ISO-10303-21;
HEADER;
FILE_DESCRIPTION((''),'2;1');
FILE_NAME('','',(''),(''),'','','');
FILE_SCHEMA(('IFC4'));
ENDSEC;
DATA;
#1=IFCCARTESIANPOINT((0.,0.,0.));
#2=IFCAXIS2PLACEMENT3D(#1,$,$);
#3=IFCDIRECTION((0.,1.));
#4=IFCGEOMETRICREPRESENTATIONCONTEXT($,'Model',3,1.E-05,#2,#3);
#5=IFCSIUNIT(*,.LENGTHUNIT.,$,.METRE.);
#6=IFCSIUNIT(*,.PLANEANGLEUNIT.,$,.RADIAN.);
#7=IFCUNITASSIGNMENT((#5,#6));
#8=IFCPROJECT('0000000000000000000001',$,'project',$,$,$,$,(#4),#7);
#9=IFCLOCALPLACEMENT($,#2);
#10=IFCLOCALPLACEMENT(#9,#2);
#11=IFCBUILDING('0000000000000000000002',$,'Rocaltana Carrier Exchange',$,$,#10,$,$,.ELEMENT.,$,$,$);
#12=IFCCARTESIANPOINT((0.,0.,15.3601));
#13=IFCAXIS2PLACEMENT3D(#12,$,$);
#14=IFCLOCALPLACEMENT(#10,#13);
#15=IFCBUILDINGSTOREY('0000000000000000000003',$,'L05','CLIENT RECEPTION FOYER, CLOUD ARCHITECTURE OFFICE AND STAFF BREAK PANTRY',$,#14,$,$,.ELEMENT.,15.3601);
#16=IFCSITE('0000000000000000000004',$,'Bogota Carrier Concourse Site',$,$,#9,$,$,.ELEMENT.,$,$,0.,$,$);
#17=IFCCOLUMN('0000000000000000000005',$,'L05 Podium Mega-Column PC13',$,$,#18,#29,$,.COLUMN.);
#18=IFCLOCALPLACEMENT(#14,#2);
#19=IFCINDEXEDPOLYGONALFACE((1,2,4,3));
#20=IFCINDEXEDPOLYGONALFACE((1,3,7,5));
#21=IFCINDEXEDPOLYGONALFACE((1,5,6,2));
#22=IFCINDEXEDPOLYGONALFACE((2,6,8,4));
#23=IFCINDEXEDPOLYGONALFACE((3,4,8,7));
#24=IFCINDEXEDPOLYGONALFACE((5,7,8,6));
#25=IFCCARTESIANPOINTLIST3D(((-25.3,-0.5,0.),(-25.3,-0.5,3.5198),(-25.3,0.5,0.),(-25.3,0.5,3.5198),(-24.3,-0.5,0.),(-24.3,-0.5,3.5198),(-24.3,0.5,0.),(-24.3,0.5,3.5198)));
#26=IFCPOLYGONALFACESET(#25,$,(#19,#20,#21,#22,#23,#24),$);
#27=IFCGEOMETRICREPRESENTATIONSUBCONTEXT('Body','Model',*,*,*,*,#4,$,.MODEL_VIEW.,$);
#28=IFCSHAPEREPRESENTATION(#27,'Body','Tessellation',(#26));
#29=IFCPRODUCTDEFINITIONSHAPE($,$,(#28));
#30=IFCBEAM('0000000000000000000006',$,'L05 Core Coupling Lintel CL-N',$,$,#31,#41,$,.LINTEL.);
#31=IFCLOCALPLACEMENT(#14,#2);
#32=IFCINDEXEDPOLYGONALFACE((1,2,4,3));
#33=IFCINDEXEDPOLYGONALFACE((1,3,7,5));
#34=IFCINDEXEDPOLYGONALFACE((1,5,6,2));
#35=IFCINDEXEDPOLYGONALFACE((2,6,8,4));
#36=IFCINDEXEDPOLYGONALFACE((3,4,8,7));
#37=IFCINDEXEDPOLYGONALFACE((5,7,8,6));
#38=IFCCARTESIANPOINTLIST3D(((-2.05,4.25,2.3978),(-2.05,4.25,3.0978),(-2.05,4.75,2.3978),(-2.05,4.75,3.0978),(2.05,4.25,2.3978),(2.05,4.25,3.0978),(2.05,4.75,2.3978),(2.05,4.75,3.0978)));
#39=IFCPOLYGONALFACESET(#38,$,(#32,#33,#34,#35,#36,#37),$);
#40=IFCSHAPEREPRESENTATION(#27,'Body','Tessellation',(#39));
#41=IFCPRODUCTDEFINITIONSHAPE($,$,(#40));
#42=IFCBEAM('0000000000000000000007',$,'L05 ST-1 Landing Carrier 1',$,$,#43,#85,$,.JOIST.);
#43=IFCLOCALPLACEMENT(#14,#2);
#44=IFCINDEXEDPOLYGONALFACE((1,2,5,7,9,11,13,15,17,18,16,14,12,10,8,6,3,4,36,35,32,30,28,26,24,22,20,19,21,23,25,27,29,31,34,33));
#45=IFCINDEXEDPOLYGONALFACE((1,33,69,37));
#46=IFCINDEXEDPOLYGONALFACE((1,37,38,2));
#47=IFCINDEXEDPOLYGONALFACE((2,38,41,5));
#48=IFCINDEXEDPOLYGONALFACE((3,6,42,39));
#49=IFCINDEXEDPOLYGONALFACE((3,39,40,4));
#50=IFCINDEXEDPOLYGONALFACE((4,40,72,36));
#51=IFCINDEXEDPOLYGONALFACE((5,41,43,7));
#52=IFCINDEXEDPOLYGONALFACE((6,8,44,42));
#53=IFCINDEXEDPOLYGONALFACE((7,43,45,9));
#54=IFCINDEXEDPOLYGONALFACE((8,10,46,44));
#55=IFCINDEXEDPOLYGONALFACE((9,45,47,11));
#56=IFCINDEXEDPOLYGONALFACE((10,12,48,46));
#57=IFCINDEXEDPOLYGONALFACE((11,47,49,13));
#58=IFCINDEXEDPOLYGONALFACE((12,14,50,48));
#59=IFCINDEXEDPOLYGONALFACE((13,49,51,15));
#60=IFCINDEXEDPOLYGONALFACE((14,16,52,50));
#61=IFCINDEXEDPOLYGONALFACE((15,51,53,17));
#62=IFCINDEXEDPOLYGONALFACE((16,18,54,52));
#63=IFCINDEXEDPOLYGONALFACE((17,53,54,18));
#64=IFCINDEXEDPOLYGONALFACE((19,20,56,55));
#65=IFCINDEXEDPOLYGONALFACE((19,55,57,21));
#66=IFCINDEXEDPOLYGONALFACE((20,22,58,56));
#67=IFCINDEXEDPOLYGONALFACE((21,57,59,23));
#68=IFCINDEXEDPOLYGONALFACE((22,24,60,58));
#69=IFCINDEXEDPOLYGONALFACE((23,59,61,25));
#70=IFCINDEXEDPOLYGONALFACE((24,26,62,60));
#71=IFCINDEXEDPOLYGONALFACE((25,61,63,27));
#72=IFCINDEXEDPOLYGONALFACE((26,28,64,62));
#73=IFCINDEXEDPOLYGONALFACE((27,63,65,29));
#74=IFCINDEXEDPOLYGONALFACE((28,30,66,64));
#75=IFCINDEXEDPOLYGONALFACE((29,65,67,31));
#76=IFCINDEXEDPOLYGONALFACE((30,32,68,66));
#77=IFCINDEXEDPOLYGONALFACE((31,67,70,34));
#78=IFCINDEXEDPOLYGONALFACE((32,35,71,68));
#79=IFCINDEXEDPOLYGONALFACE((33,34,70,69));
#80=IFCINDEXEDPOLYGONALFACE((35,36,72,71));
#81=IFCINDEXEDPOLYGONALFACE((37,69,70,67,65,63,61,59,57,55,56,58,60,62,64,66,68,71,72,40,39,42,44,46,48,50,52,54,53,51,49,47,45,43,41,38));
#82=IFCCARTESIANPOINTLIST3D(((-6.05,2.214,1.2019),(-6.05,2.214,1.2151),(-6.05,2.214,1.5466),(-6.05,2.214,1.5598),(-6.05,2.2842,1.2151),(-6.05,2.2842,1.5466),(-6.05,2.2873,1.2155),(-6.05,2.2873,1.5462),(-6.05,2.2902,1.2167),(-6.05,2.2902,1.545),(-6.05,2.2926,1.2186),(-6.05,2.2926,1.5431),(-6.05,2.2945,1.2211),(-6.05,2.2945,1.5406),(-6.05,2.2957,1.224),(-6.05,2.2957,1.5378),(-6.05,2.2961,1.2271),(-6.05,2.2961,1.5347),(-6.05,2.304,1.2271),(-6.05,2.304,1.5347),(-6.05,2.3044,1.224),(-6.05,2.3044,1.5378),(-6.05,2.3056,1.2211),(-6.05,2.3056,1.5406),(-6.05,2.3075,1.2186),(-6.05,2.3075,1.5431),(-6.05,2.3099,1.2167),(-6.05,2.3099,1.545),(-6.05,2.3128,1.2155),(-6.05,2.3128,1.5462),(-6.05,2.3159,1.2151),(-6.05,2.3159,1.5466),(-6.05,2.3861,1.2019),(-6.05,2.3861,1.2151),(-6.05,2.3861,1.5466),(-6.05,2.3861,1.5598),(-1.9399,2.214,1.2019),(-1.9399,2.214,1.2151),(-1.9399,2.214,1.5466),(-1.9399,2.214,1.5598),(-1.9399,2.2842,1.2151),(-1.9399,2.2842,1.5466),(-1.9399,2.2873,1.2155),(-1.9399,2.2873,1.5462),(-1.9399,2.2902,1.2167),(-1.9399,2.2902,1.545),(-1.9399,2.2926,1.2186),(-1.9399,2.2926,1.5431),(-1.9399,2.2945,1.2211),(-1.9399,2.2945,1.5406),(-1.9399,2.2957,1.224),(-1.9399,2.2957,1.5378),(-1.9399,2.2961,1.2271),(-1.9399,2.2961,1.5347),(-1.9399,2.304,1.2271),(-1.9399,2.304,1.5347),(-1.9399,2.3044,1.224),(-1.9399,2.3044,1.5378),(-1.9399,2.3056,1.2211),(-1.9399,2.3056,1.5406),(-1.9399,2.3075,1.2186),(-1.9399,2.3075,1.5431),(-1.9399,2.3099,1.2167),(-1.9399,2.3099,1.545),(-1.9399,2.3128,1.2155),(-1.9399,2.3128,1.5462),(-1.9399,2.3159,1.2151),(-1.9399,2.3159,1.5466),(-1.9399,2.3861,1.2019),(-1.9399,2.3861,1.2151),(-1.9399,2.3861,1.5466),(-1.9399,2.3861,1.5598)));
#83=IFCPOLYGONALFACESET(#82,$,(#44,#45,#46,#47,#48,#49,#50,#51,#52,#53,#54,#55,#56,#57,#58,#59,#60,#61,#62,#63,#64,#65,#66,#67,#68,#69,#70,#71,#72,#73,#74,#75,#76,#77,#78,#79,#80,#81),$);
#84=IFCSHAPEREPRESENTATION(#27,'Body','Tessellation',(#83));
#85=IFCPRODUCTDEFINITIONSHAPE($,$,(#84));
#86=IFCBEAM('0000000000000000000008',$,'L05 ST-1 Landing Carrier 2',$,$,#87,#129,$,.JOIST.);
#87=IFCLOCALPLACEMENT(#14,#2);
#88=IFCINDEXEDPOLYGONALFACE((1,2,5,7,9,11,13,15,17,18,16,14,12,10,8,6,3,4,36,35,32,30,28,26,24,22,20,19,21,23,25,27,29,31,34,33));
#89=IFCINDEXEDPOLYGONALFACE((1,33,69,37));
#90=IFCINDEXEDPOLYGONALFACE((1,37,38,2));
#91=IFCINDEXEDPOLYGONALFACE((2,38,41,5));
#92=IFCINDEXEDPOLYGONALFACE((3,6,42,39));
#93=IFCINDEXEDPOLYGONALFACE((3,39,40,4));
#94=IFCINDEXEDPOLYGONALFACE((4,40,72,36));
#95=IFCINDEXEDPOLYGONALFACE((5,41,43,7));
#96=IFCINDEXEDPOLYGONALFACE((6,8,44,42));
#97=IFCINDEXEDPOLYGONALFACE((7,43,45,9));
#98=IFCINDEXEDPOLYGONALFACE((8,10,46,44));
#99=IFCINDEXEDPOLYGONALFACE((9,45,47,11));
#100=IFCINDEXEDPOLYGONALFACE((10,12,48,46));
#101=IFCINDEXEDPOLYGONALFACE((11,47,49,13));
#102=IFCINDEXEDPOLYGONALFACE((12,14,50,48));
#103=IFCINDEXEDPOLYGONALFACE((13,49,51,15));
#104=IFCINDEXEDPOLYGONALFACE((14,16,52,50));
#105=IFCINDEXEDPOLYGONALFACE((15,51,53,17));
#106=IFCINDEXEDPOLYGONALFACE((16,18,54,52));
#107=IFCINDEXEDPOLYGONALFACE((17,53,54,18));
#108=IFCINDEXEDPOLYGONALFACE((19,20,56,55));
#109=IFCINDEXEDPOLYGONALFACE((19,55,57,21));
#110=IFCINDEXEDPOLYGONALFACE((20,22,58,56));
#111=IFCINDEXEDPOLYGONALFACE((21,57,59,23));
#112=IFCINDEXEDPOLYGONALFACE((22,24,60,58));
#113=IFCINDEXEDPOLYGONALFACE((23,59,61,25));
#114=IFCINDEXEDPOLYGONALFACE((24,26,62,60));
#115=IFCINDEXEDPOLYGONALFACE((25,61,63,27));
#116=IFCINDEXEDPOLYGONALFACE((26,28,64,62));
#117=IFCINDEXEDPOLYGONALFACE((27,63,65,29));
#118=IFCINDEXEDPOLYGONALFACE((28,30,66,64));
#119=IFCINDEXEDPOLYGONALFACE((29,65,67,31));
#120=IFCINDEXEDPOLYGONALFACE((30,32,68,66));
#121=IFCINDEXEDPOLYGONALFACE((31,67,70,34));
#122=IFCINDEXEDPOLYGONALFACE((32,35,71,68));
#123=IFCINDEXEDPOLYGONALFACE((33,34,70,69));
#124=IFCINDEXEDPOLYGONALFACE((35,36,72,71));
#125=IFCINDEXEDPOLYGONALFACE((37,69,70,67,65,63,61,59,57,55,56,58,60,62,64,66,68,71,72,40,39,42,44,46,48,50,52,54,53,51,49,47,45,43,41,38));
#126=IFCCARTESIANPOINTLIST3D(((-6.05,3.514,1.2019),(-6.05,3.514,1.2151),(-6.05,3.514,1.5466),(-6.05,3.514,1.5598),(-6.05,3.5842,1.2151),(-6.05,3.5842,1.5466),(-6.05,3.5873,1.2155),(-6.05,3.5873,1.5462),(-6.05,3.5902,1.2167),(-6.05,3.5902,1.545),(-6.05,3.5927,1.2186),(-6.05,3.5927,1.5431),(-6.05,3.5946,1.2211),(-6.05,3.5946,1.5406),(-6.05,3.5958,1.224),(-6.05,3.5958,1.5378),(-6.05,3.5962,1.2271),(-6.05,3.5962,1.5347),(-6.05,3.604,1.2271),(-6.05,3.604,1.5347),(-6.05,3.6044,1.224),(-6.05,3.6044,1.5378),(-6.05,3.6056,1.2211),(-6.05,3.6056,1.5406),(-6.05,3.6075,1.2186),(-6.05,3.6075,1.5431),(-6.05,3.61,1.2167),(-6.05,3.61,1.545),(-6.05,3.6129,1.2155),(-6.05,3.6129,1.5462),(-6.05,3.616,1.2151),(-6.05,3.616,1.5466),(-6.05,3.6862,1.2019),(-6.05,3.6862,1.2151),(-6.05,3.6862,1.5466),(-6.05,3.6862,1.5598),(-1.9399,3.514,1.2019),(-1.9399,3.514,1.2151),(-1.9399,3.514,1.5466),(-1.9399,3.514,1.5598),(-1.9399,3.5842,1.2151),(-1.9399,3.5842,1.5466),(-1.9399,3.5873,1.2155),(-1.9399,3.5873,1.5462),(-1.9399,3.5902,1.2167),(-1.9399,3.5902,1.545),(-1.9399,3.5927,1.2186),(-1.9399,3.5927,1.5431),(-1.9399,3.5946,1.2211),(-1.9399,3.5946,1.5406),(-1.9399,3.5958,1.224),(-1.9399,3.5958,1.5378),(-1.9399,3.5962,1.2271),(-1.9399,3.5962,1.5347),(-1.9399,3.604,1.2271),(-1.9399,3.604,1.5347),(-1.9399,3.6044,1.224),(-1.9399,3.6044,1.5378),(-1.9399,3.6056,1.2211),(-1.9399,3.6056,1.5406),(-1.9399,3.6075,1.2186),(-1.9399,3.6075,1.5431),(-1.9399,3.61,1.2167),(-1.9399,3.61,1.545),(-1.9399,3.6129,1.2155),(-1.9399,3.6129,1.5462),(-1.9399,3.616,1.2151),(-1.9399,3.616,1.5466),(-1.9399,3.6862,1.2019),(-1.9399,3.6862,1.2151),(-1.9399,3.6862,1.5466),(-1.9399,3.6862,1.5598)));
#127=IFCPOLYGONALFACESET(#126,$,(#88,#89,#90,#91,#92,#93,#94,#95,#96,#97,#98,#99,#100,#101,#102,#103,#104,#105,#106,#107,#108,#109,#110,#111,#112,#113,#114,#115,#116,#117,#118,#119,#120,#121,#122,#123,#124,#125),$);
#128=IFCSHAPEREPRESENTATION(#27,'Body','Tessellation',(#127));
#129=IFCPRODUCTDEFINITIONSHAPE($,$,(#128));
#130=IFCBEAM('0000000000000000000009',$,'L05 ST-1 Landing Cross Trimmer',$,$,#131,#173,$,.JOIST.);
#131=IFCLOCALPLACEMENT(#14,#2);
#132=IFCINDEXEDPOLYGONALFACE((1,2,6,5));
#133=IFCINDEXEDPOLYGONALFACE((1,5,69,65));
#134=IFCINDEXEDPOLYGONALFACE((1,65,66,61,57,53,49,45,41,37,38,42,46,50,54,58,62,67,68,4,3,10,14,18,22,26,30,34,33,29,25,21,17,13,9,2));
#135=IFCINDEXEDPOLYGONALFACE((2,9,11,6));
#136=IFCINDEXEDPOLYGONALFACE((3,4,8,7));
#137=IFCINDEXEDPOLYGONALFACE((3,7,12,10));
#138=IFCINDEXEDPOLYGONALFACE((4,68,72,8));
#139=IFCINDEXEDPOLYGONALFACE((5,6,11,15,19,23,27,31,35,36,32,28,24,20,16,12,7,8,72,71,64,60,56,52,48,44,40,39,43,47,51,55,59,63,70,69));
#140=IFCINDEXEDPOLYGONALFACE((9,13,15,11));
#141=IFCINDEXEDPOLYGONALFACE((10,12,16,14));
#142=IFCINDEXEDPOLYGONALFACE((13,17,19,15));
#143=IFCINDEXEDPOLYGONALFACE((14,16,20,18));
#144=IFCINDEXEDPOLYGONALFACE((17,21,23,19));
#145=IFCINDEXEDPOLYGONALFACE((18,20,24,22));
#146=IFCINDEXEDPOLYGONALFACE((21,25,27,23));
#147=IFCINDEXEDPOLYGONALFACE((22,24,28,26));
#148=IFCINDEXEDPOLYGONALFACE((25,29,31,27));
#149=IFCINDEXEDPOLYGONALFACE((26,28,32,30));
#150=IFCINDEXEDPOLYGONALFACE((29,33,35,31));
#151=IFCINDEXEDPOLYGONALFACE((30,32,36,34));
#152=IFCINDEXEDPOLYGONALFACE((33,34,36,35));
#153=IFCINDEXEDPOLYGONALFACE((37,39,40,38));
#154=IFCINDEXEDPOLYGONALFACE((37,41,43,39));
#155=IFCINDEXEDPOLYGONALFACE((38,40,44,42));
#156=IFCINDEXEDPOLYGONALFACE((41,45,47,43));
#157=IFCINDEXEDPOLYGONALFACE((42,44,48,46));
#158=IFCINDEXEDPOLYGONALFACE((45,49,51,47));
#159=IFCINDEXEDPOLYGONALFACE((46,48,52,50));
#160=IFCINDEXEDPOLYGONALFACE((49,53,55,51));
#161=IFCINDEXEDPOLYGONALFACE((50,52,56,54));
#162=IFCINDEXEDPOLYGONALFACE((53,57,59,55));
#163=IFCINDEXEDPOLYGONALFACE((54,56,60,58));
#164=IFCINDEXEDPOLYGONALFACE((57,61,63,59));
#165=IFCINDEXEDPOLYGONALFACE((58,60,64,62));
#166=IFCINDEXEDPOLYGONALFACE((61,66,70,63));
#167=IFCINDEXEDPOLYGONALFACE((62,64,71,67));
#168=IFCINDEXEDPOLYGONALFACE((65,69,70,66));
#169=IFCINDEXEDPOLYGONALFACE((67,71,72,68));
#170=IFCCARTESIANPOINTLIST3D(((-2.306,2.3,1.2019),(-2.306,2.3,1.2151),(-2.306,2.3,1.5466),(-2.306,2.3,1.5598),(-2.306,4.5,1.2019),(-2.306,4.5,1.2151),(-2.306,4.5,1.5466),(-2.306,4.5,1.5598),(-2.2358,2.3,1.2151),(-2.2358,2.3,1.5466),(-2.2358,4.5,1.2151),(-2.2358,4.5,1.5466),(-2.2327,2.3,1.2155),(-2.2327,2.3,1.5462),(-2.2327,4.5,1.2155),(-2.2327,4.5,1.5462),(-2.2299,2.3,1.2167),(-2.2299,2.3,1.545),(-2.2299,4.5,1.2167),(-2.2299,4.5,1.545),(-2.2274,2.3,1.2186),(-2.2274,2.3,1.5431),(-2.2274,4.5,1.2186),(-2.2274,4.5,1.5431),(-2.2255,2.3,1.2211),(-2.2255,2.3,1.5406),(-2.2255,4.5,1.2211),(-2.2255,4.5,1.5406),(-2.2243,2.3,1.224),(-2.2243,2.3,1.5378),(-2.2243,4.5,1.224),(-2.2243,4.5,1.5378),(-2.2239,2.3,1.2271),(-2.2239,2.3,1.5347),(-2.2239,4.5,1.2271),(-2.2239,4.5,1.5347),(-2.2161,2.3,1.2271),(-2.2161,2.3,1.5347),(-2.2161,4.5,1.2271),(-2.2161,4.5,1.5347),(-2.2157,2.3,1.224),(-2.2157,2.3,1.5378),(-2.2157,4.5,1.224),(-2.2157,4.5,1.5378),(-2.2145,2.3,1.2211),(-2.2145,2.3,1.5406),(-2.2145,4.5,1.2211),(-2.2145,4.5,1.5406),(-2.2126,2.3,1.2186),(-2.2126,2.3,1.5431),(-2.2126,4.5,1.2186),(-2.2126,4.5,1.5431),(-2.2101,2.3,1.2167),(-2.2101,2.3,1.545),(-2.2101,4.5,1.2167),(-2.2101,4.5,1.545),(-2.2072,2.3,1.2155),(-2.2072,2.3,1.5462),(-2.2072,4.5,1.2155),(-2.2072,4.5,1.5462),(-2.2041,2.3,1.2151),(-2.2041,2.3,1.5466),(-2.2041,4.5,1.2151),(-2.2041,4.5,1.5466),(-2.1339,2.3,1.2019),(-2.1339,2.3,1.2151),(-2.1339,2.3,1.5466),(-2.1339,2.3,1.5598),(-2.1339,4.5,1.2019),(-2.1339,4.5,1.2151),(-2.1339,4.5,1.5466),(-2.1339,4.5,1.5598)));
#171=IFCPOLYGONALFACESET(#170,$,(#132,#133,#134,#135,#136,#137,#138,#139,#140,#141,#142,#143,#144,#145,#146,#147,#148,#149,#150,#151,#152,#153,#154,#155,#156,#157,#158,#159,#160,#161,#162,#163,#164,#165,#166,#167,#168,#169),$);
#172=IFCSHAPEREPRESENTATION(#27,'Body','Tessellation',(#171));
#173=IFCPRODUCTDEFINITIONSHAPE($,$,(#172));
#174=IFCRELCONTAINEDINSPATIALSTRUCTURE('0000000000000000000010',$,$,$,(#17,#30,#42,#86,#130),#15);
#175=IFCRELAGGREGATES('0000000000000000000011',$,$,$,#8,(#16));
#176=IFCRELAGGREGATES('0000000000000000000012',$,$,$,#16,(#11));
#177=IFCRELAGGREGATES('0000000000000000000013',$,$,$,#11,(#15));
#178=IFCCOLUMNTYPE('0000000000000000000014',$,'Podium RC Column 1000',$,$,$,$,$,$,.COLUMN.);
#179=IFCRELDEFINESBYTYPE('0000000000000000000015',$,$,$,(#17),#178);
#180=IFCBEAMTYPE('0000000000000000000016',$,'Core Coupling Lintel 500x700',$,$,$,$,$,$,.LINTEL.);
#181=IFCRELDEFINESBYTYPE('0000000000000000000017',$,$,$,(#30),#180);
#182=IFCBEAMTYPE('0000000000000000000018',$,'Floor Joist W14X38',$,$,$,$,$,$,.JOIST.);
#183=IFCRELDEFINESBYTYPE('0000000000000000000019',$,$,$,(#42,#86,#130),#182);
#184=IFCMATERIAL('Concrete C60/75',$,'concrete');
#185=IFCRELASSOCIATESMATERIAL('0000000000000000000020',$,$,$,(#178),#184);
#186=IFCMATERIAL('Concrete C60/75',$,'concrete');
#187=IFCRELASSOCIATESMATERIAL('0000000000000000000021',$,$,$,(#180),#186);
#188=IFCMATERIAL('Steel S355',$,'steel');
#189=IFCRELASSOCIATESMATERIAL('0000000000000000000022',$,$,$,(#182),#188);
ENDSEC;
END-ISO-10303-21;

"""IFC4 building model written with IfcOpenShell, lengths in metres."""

from ifc_helpers import new_model, si_unit, direction, frame, origin, origin_2d, place, context, subcontext, project, spatial, rectangle, i_section, extrude, material, material_profile, profile_set, type_object, element, save


model = new_model("IFC4")

# Units and contexts
model_context = context("Model", 3, precision=1e-05, world=origin(), true_north=direction((0.0, 1.0)))
body_context = subcontext(model_context, "Body", "Model", "MODEL_VIEW")
ifc_project = project(units=[si_unit("LENGTHUNIT", "METRE"), si_unit("PLANEANGLEUNIT", "RADIAN")], contexts=[model_context])

# Site, building, storey
site_placement = place(None, origin())
site = spatial("IfcSite", under=ifc_project, at=site_placement, Name="Bogota Carrier Concourse Site", CompositionType="ELEMENT", RefElevation=0.0)
building_placement = place(site_placement, origin())
building = spatial("IfcBuilding", under=site, at=building_placement, Name="Rocaltana Carrier Exchange", CompositionType="ELEMENT")
storey_placement = place(building_placement, frame((0.0, 0.0, 15.3601)))
storey = spatial("IfcBuildingStorey", under=building, at=storey_placement, Name="L05", Description="CLIENT RECEPTION FOYER, CLOUD ARCHITECTURE OFFICE AND STAFF BREAK PANTRY", CompositionType="ELEMENT", Elevation=15.3601)

# Column
ifc_material_1 = material(Name="Concrete C60/75", Category="concrete")
ifc_material_profile_1 = material_profile(ifc_material_1, rectangle(XDim=1.0, YDim=1.0, at=origin_2d()), Name="RC-COL-1000X1000")
ifc_profile_set_1 = profile_set([ifc_material_profile_1], Name="Concrete C60/75")
column_type_1 = type_object("IfcColumnType", Name="Podium RC Column 1000", PredefinedType="COLUMN", material=ifc_profile_set_1)
column_placement = place(storey_placement, frame((-24.8, 0.0, 0.0), z_axis=(0.0, 0.0, 1.0), x_axis=(1.0, 0.0, 0.0)))
element("IfcColumn", 1, at=column_placement, inside=storey, type_object=column_type_1, Name="L05 Podium Mega-Column PC13", PredefinedType="COLUMN", context=body_context, shape_type="SweptSolid", body=[
    extrude(rectangle(XDim=1.0, YDim=1.0, at=origin_2d()), origin(), (0.0, 0.0, 1.0), 3.5198),
])

# Beams
ifc_material_2 = material(Name="Concrete C60/75", Category="concrete")
ifc_material_profile_2 = material_profile(ifc_material_2, rectangle(XDim=0.5, YDim=0.7, at=origin_2d()), Name="RC-BM-500X700")
ifc_profile_set_2 = profile_set([ifc_material_profile_2], Name="Concrete C60/75")
beam_type_1 = type_object("IfcBeamType", Name="Core Coupling Lintel 500x700", PredefinedType="LINTEL", material=ifc_profile_set_2)
beam_1_placement = place(storey_placement, frame((-2.05, 4.5, 2.7478), z_axis=(1.0, 0.0, 0.0), x_axis=(0.0, 1.0, 0.0)))
element("IfcBeam", 2, at=beam_1_placement, inside=storey, type_object=beam_type_1, Name="L05 Core Coupling Lintel CL-N", PredefinedType="LINTEL", context=body_context, shape_type="SweptSolid", body=[
    extrude(rectangle(XDim=0.5, YDim=0.7, at=origin_2d()), origin(), (0.0, 0.0, 1.0), 4.1001),
])
ifc_material_3 = material(Name="Steel S355", Category="steel")
ifc_material_profile_3 = material_profile(ifc_material_3, i_section(OverallWidth=0.1721, OverallDepth=0.3579, WebThickness=0.0078, FlangeThickness=0.0132, FilletRadius=0.012, at=origin_2d()), Name="W14X38")
ifc_profile_set_3 = profile_set([ifc_material_profile_3], Name="Steel S355")
beam_type_2 = type_object("IfcBeamType", Name="Floor Joist W14X38", PredefinedType="JOIST", material=ifc_profile_set_3)
for number, where, z_axis, x_axis, name in (
    (3, (-6.05, 2.3, 1.3809), (1.0, 0.0, 0.0), (0.0, 1.0, 0.0), "L05 ST-1 Landing Carrier 1"),
    (4, (-6.05, 3.6001, 1.3809), (1.0, 0.0, 0.0), (0.0, 1.0, 0.0), "L05 ST-1 Landing Carrier 2"),
):
    element("IfcBeam", number, at=place(storey_placement, frame(where, z_axis=z_axis, x_axis=x_axis)), inside=storey, type_object=beam_type_2, Name=name, PredefinedType="JOIST", context=body_context, shape_type="SweptSolid", body=[
        extrude(i_section(OverallWidth=0.1721, OverallDepth=0.3579, WebThickness=0.0078, FlangeThickness=0.0132, FilletRadius=0.012, at=origin_2d()), origin(), (0.0, 0.0, 1.0), 4.1101),
    ])
beam_2_placement = place(storey_placement, frame((-2.22, 2.3, 1.3809), z_axis=(0.0, 1.0, 0.0), x_axis=(-1.0, 0.0, 0.0)))
element("IfcBeam", 5, at=beam_2_placement, inside=storey, type_object=beam_type_2, Name="L05 ST-1 Landing Cross Trimmer", PredefinedType="JOIST", context=body_context, shape_type="SweptSolid", body=[
    extrude(i_section(OverallWidth=0.1721, OverallDepth=0.3579, WebThickness=0.0078, FlangeThickness=0.0132, FilletRadius=0.012, at=origin_2d()), origin(), (0.0, 0.0, 1.0), 2.2),
])

save(model, "model.ifc")
